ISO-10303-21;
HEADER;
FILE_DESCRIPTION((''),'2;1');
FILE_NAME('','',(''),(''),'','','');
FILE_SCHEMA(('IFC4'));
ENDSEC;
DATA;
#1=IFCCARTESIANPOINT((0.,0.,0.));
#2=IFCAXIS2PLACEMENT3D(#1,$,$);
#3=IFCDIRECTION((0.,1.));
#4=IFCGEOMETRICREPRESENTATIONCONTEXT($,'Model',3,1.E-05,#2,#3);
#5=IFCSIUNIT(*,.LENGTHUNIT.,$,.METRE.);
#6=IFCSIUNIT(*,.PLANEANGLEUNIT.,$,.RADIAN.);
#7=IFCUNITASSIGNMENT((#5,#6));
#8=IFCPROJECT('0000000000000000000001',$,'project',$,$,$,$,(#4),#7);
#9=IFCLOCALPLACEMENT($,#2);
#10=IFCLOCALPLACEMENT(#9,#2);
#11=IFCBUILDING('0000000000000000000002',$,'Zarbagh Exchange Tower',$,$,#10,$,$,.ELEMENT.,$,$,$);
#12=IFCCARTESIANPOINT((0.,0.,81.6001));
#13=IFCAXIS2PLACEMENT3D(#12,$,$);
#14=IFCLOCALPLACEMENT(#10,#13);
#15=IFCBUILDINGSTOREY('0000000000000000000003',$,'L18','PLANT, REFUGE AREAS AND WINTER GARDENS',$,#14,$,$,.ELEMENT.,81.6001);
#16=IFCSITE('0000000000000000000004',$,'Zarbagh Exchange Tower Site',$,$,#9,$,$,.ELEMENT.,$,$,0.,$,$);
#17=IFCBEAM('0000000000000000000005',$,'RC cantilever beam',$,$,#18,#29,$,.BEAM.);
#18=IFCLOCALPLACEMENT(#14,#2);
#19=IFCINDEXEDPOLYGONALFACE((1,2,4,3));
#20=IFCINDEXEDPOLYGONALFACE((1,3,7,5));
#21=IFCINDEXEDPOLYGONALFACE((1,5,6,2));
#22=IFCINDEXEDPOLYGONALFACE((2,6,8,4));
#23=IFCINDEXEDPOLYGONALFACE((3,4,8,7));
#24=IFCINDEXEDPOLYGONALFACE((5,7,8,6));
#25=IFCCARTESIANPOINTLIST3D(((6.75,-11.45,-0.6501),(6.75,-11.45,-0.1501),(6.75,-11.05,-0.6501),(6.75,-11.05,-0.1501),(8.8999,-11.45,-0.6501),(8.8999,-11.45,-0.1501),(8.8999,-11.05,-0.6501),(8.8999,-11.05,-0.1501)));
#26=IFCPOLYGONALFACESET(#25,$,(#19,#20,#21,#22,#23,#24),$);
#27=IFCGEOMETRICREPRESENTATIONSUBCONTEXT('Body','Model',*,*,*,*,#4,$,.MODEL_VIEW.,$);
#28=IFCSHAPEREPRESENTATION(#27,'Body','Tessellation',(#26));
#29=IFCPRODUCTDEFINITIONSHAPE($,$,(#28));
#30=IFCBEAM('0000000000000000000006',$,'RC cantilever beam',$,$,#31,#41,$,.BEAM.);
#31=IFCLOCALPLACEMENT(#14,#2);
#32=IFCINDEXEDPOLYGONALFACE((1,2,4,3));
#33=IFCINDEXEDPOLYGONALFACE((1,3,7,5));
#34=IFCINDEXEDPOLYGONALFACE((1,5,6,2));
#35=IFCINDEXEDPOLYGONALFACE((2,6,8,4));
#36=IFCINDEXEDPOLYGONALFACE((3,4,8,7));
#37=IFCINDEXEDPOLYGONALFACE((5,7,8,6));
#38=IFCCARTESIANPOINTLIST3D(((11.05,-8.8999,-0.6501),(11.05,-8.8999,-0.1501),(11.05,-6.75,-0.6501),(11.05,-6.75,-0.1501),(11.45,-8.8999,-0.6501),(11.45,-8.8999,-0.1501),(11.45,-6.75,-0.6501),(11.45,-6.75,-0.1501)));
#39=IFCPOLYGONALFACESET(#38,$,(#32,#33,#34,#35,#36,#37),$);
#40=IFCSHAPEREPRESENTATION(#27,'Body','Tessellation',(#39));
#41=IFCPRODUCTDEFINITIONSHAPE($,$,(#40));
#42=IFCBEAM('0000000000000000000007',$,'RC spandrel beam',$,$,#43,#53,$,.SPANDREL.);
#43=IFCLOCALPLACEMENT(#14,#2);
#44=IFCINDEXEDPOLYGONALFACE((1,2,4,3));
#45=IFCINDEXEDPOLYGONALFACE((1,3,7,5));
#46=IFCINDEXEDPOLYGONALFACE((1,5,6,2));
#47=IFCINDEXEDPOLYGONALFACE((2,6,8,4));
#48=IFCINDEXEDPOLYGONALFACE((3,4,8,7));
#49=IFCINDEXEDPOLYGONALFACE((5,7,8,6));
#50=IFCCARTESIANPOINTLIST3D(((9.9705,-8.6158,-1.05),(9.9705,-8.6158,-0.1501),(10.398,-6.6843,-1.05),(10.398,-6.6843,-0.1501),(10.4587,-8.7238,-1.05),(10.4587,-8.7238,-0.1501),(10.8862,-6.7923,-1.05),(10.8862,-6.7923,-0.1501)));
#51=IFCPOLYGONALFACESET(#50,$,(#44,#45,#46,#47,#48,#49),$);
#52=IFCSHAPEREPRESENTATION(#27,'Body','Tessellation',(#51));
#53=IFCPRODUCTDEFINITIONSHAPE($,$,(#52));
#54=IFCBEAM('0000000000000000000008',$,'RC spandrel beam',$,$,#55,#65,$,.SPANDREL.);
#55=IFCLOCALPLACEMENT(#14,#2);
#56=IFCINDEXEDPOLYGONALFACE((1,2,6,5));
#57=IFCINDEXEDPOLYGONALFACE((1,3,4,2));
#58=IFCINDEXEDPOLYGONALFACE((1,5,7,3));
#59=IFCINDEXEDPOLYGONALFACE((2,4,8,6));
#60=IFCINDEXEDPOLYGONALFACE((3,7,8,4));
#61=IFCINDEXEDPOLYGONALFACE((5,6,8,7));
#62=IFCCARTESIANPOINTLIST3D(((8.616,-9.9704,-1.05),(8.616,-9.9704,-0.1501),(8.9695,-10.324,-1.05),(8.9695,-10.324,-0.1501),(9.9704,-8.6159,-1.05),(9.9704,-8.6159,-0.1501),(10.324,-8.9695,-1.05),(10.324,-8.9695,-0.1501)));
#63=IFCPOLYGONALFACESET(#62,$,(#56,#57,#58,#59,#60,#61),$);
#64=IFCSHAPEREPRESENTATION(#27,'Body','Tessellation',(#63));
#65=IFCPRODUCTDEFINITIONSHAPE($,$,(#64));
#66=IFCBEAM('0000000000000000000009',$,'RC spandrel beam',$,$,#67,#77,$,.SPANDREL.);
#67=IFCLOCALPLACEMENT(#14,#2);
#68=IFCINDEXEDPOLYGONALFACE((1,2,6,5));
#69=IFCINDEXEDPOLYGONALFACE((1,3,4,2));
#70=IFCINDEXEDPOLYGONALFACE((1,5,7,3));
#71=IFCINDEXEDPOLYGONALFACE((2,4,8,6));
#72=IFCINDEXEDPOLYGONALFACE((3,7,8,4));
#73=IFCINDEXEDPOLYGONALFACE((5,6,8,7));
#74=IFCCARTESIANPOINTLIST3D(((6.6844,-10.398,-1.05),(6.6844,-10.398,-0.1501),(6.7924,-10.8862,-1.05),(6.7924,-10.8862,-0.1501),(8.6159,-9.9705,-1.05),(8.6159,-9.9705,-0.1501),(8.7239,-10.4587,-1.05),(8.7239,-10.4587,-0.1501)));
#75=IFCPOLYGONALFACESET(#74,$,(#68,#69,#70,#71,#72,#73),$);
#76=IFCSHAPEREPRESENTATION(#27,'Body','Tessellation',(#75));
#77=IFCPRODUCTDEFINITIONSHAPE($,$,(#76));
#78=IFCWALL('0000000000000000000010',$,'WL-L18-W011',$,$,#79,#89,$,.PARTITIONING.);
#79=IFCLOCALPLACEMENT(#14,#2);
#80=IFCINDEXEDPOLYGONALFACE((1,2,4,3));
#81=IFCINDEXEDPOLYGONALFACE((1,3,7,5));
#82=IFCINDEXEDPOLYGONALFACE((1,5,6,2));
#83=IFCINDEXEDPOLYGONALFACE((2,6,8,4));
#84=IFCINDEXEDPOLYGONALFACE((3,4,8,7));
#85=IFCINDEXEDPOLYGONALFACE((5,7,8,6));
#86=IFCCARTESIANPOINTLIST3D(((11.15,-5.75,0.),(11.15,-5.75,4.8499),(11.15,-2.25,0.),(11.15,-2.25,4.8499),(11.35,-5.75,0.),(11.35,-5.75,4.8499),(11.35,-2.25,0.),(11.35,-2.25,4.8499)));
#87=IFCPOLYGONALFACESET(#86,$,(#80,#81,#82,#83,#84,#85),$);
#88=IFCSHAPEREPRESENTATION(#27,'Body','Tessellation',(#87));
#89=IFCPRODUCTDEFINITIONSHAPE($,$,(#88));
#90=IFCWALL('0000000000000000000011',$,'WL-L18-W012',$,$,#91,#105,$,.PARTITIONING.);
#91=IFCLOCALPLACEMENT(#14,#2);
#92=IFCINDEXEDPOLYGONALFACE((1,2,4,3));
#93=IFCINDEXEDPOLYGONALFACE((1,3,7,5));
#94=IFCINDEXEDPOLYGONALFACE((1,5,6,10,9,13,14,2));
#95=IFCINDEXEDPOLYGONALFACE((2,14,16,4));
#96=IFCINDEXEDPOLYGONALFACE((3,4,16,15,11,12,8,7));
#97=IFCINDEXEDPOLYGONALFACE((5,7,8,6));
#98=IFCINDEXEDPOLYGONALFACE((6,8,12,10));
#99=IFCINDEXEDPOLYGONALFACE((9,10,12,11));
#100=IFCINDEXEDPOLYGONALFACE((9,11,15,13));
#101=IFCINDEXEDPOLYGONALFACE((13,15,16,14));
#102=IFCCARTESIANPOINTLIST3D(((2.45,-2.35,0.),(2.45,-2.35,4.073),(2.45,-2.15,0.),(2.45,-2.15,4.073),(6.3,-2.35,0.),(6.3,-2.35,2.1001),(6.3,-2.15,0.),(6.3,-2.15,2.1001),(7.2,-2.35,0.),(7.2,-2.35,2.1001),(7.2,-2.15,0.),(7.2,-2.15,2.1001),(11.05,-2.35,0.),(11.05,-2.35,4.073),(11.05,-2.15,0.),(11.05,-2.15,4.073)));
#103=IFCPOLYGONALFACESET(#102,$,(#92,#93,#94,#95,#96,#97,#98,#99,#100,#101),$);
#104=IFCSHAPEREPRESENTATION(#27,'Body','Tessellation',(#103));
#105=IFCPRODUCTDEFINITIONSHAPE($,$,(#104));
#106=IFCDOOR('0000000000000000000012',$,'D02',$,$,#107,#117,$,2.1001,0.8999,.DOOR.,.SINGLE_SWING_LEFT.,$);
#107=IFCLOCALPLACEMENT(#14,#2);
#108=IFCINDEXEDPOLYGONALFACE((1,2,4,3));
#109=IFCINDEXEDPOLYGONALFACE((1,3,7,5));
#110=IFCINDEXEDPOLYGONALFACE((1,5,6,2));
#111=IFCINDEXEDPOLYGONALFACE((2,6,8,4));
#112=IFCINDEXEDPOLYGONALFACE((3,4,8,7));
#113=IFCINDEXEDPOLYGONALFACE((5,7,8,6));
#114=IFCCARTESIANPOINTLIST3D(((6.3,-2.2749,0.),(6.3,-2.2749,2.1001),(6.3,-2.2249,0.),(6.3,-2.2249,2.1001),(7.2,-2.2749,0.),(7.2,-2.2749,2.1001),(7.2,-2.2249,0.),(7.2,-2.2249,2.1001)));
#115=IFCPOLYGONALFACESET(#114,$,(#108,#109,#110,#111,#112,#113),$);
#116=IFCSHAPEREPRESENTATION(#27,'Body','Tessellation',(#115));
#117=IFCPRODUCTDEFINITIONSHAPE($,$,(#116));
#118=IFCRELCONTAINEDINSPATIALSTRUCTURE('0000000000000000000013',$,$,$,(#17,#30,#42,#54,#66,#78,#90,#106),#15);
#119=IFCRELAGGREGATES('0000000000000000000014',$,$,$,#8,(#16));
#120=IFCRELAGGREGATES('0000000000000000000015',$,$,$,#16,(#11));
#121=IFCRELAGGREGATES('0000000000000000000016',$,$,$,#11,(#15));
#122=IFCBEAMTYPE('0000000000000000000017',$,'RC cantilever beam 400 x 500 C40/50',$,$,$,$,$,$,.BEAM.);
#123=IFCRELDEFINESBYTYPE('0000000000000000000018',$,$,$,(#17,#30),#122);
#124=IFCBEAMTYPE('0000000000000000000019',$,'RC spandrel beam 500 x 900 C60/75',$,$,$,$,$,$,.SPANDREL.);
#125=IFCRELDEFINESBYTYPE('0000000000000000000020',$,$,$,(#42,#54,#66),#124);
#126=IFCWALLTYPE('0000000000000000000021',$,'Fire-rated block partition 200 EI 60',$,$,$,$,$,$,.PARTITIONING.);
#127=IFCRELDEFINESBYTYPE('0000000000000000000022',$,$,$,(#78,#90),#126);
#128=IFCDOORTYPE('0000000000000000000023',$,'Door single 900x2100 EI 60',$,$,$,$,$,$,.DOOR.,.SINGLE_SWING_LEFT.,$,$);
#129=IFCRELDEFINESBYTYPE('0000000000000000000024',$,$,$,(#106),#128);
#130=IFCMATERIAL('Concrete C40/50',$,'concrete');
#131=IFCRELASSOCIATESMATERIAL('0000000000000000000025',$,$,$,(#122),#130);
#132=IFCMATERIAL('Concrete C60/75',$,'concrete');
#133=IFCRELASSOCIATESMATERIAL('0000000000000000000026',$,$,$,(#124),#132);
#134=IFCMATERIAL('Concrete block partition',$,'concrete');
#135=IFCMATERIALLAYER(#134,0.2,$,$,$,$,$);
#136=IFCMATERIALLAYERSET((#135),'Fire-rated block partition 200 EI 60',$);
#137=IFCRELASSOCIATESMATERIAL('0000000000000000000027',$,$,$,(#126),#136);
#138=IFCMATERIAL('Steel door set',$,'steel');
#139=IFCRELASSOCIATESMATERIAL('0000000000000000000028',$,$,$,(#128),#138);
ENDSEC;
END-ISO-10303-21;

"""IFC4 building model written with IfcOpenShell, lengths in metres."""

from ifc_helpers import new_model, si_unit, direction, frame, frame_2d, origin, origin_2d, place, context, subcontext, project, spatial, rectangle, extrude, material, layer, layer_set, material_profile, profile_set, type_object, element, fill, save


model = new_model("IFC4")

# Units and contexts
model_context = context("Model", 3, precision=1e-05, world=origin(), true_north=direction((0.0, 1.0)))
body_context = subcontext(model_context, "Body", "Model", "MODEL_VIEW")
ifc_project = project(units=[si_unit("LENGTHUNIT", "METRE"), si_unit("PLANEANGLEUNIT", "RADIAN")], contexts=[model_context])

# Site, building, storey
site_placement = place(None, origin())
site = spatial("IfcSite", under=ifc_project, at=site_placement, Name="Zarbagh Exchange Tower Site", CompositionType="ELEMENT", RefElevation=0.0)
building_placement = place(site_placement, origin())
building = spatial("IfcBuilding", under=site, at=building_placement, Name="Zarbagh Exchange Tower", CompositionType="ELEMENT")
storey_placement = place(building_placement, frame((0.0, 0.0, 81.6001)))
storey = spatial("IfcBuildingStorey", under=building, at=storey_placement, Name="L18", Description="PLANT, REFUGE AREAS AND WINTER GARDENS", CompositionType="ELEMENT", Elevation=81.6001)

# Shared definitions
ifc_material_1 = material(Name="Concrete C60/75", Category="concrete")

# Beams
ifc_material_2 = material(Name="Concrete C40/50", Category="concrete")
ifc_material_profile_1 = material_profile(ifc_material_2, rectangle(XDim=0.3999, YDim=0.5, at=origin_2d()), Name="RC cantilever beam 400 x 500 C40/50")
ifc_profile_set_1 = profile_set([ifc_material_profile_1], Name="Concrete C40/50")
beam_type_1 = type_object("IfcBeamType", Name="RC cantilever beam 400 x 500 C40/50", PredefinedType="BEAM", material=ifc_profile_set_1)
for number, where, z_axis, x_axis, name in (
    (1, (6.75, -11.25, -0.4001), (1.0, 0.0, 0.0), (0.0, 1.0, 0.0), "RC cantilever beam"),
    (2, (11.25, -6.75, -0.4001), (0.0, -1.0, 0.0), (1.0, 0.0, 0.0), "RC cantilever beam"),
):
    element("IfcBeam", number, at=place(storey_placement, frame(where, z_axis=z_axis, x_axis=x_axis)), inside=storey, type_object=beam_type_1, Name=name, PredefinedType="BEAM", context=body_context, shape_type="SweptSolid", body=[
        extrude(rectangle(XDim=0.3999, YDim=0.5, at=origin_2d()), origin(), (0.0, 0.0, 1.0), 2.1499),
    ])
ifc_material_profile_2 = material_profile(ifc_material_1, rectangle(XDim=0.5, YDim=0.8999, at=origin_2d()), Name="RC spandrel beam 500 x 900 C60/75")
ifc_profile_set_2 = profile_set([ifc_material_profile_2], Name="Concrete C60/75")
beam_type_2 = type_object("IfcBeamType", Name="RC spandrel beam 500 x 900 C60/75", PredefinedType="SPANDREL", material=ifc_profile_set_2)
beam_1_placement = place(storey_placement, frame((10.6421, -6.7383, -0.6001), z_axis=(-0.216081, -0.976375, 0.0), x_axis=(0.976375, -0.216081, 0.0)))
element("IfcBeam", 3, at=beam_1_placement, inside=storey, type_object=beam_type_2, Name="RC spandrel beam", PredefinedType="SPANDREL", context=body_context, shape_type="SweptSolid", body=[
    extrude(rectangle(XDim=0.5, YDim=0.8999, at=origin_2d()), origin(), (0.0, 0.0, 1.0), 1.9783),
])
beam_2_placement = place(storey_placement, frame((10.1472, -8.7927, -0.6001), z_axis=(-0.707107, -0.707107, 0.0), x_axis=(0.707107, -0.707107, 0.0)))
element("IfcBeam", 4, at=beam_2_placement, inside=storey, type_object=beam_type_2, Name="RC spandrel beam", PredefinedType="SPANDREL", context=body_context, shape_type="SweptSolid", body=[
    extrude(rectangle(XDim=0.5, YDim=0.8999, at=origin_2d()), origin(), (0.0, 0.0, 1.0), 1.9155),
])
beam_3_placement = place(storey_placement, frame((8.6699, -10.2146, -0.6001), z_axis=(-0.976375, -0.216081, 0.0), x_axis=(0.216081, -0.976375, 0.0)))
element("IfcBeam", 5, at=beam_3_placement, inside=storey, type_object=beam_type_2, Name="RC spandrel beam", PredefinedType="SPANDREL", context=body_context, shape_type="SweptSolid", body=[
    extrude(rectangle(XDim=0.5, YDim=0.8999, at=origin_2d()), origin(), (0.0, 0.0, 1.0), 1.9783),
])

# Wall
ifc_material_3 = material(Name="Concrete block partition", Category="concrete")
ifc_layer_1 = layer(ifc_material_3, 0.2)
ifc_layer_set_1 = layer_set([ifc_layer_1], Name="Fire-rated block partition 200 EI 60")
wall_type_1 = type_object("IfcWallType", Name="Fire-rated block partition 200 EI 60", PredefinedType="PARTITIONING", material=ifc_layer_set_1)
wall_1_placement = place(storey_placement, frame((11.25, -2.25, 0.0), z_axis=(0.0, 0.0, 1.0), x_axis=(0.0, -1.0, 0.0)))
element("IfcWall", 6, at=wall_1_placement, inside=storey, type_object=wall_type_1, Name="WL-L18-W011", PredefinedType="PARTITIONING", context=body_context, shape_type="SweptSolid", body=[
    extrude(rectangle(XDim=3.5, YDim=0.2, at=frame_2d((1.75, 0.0))), origin(), (0.0, 0.0, 1.0), 4.8499),
])

# Wall, opening, door
wall_2_placement = place(storey_placement, frame((11.05, -2.25, 0.0), z_axis=(0.0, 0.0, 1.0), x_axis=(-1.0, 0.0, 0.0)))
wall_2 = element("IfcWall", 7, at=wall_2_placement, inside=storey, type_object=wall_type_1, Name="WL-L18-W012", PredefinedType="PARTITIONING", context=body_context, shape_type="SweptSolid", body=[
    extrude(rectangle(XDim=8.6001, YDim=0.2, at=frame_2d((4.3, 0.0))), origin(), (0.0, 0.0, 1.0), 4.073),
])
opening_1_placement = place(wall_2_placement, frame((3.8501, 0.0, 0.0)))
opening_1 = element("IfcOpeningElement", 8, at=opening_1_placement, cuts=wall_2, PredefinedType="OPENING", context=body_context, shape_type="SweptSolid", body=[
    extrude(rectangle(XDim=0.8999, YDim=2.1001, at=frame_2d((0.45, 1.05))), frame((0.0, 0.1099, 0.0), z_axis=(0.0, -1.0, 0.0), x_axis=(1.0, 0.0, 0.0)), (0.0, 0.0, 1.0), 0.22),
])
ifc_material_4 = material(Name="Steel door set", Category="steel")
door_type_1 = type_object("IfcDoorType", Name="Door single 900x2100 EI 60", OperationType="SINGLE_SWING_LEFT", PredefinedType="DOOR", material=ifc_material_4)
door_1_placement = place(opening_1_placement, origin())
door_1 = element("IfcDoor", 9, at=door_1_placement, inside=storey, type_object=door_type_1, Name="D02", OperationType="SINGLE_SWING_LEFT", OverallHeight=2.1001, OverallWidth=0.8999, PredefinedType="DOOR", context=body_context, shape_type="SweptSolid", body=[
    extrude(rectangle(XDim=0.8999, YDim=2.1001, at=frame_2d((0.45, 1.05))), frame((0.0, 0.0249, 0.0), z_axis=(0.0, -1.0, 0.0), x_axis=(1.0, 0.0, 0.0)), (0.0, 0.0, 1.0), 0.05),
])
fill(opening_1, door_1)

save(model, "model.ifc")
